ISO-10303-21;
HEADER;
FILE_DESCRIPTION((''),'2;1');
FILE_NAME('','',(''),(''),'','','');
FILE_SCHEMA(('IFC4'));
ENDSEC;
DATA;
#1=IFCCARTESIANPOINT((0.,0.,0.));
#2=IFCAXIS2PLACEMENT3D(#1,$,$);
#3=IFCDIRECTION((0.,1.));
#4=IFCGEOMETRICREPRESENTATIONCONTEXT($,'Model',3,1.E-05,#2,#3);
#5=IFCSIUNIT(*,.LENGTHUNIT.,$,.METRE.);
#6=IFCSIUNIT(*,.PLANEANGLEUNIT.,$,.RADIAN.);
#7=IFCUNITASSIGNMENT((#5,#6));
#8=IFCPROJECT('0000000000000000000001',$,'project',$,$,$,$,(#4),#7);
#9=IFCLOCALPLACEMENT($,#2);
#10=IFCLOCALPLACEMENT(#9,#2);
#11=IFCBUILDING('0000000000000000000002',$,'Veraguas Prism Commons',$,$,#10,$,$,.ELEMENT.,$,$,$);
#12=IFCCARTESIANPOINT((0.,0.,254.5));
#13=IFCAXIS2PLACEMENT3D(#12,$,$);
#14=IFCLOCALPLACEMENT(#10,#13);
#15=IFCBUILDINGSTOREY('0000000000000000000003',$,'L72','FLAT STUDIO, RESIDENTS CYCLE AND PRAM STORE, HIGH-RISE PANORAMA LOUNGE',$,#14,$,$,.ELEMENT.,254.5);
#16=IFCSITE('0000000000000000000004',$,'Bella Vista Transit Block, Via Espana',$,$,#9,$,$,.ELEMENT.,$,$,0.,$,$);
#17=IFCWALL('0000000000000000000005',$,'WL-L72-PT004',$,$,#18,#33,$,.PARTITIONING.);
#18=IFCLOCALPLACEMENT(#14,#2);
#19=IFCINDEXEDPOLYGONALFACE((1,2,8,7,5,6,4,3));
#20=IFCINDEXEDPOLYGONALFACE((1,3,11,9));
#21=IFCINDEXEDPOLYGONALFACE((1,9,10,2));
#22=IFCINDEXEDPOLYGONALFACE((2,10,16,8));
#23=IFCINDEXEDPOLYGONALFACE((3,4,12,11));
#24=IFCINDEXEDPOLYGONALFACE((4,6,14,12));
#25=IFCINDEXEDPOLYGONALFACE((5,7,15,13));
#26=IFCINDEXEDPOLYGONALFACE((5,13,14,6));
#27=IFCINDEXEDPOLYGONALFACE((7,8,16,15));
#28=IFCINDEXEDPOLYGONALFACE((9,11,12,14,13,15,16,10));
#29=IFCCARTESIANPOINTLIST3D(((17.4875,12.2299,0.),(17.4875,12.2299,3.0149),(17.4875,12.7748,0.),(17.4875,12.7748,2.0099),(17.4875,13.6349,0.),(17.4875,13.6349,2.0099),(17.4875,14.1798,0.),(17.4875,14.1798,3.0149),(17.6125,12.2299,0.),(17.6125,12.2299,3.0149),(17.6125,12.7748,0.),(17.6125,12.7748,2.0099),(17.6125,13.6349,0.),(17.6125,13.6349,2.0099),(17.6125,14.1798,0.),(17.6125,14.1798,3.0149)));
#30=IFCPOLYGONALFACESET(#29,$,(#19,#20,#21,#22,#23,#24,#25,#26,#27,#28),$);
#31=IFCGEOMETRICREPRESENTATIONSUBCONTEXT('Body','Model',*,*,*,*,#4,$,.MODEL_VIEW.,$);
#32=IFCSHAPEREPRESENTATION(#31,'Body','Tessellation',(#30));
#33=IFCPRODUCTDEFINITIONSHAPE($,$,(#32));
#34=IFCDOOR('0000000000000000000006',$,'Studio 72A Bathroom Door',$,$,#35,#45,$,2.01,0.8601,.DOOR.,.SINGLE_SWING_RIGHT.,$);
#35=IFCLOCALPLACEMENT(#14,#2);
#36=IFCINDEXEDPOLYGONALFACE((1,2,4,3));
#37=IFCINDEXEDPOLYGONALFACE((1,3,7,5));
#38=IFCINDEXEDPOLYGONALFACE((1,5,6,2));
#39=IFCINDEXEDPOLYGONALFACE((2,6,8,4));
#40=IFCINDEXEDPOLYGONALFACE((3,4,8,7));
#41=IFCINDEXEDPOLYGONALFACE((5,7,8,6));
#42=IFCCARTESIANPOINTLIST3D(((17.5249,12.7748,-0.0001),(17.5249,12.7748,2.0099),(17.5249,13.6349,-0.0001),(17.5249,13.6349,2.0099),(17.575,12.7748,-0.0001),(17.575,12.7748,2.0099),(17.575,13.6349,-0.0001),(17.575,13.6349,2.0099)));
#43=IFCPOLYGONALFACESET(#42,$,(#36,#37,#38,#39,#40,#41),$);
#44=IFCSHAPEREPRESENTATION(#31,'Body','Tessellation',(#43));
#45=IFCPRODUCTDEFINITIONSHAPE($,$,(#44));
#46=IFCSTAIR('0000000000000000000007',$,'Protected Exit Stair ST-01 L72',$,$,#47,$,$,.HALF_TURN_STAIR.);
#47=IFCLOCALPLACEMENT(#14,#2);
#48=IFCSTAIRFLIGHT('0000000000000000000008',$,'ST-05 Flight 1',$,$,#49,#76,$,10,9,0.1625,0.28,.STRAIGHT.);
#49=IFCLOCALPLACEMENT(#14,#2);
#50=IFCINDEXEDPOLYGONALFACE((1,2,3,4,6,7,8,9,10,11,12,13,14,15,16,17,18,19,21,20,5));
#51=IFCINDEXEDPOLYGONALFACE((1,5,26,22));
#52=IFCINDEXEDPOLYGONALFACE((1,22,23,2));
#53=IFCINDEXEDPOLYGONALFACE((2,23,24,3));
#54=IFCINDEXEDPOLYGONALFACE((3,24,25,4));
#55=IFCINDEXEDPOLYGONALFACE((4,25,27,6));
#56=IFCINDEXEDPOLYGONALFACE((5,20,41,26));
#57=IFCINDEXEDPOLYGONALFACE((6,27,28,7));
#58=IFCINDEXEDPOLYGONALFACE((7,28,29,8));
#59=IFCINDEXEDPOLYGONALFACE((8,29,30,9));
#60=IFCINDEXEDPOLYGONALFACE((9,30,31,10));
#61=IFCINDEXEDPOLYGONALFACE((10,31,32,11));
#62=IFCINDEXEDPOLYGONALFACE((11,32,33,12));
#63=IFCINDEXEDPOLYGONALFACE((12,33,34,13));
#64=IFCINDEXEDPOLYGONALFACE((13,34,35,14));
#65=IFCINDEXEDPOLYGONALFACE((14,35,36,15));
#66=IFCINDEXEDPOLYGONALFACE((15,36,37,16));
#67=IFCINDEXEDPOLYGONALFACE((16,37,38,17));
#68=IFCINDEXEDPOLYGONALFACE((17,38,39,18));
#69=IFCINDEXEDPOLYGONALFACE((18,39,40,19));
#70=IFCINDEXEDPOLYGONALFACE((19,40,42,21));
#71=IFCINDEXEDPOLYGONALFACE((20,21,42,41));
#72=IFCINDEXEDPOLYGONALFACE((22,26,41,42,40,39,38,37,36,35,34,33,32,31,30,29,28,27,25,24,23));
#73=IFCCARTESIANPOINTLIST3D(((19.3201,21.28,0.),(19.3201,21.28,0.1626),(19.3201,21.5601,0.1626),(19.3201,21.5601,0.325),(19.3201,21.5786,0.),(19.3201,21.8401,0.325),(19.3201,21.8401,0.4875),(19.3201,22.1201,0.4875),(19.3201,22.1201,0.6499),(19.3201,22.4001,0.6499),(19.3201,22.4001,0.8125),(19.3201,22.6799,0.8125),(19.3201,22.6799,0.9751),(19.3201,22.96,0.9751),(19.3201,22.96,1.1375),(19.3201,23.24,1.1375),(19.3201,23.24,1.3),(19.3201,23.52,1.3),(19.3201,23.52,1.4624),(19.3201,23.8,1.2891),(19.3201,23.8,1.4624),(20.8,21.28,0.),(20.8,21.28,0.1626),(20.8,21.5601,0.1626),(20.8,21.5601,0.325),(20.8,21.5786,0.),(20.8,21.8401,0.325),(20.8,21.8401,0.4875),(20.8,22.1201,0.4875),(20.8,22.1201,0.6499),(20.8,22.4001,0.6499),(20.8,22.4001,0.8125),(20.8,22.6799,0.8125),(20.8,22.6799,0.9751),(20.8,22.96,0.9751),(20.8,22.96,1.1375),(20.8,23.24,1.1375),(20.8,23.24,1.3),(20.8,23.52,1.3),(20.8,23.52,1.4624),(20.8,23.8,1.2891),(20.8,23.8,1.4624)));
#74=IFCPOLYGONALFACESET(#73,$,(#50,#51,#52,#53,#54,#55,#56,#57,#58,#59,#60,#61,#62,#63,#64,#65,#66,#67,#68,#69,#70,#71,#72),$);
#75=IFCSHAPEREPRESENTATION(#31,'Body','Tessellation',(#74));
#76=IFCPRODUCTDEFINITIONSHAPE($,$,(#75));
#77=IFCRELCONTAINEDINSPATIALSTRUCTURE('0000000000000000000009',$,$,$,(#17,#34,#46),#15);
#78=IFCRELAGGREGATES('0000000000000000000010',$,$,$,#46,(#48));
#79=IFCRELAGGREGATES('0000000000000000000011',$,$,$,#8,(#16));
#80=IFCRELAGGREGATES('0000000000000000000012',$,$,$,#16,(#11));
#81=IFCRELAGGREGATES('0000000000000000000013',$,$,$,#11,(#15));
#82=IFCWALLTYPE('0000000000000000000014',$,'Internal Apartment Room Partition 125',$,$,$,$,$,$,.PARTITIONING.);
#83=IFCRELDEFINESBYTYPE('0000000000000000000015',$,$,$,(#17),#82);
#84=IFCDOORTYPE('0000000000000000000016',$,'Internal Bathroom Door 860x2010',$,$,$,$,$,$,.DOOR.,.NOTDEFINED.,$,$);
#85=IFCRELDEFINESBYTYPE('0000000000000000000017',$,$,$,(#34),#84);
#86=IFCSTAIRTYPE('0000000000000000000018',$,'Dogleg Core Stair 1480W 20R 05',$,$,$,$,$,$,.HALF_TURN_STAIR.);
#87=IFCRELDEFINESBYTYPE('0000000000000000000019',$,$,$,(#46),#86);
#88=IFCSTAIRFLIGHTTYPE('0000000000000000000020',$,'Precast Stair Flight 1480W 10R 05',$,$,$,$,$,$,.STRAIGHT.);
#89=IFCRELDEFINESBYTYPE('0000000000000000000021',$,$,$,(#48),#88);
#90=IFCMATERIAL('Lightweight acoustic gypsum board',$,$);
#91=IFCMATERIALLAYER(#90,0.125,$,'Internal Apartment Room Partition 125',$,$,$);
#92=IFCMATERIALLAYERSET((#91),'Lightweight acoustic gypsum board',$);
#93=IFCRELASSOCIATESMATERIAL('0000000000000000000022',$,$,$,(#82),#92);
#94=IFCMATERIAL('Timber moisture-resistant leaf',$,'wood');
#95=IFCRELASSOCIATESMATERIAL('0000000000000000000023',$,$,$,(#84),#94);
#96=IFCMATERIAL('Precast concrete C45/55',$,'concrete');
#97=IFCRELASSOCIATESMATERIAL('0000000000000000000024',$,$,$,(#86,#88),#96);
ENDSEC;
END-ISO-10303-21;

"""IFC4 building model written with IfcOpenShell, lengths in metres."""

from ifc_helpers import new_model, si_unit, direction, frame, frame_2d, origin, place, context, subcontext, project, spatial, polyline, rectangle, outline, extrude, source, transform, mapped, material, layer, layer_set, type_object, element, fill, aggregate, save


model = new_model("IFC4")

# Units and contexts
model_context = context("Model", 3, precision=1e-05, world=origin(), true_north=direction((0.0, 1.0)))
body_context = subcontext(model_context, "Body", "Model", "MODEL_VIEW")
ifc_project = project(units=[si_unit("LENGTHUNIT", "METRE"), si_unit("PLANEANGLEUNIT", "RADIAN")], contexts=[model_context])

# Site, building, storey
site_placement = place(None, origin())
site = spatial("IfcSite", under=ifc_project, at=site_placement, Name="Bella Vista Transit Block, Via Espana", CompositionType="ELEMENT", RefElevation=0.0)
building_placement = place(site_placement, origin())
building = spatial("IfcBuilding", under=site, at=building_placement, Name="Veraguas Prism Commons", CompositionType="ELEMENT")
storey_placement = place(building_placement, frame((0.0, 0.0, 254.5)))
storey = spatial("IfcBuildingStorey", under=building, at=storey_placement, Name="L72", Description="FLAT STUDIO, RESIDENTS CYCLE AND PRAM STORE, HIGH-RISE PANORAMA LOUNGE", CompositionType="ELEMENT", Elevation=254.5)

# Wall, opening, door
ifc_material_1 = material(Name="Lightweight acoustic gypsum board")
ifc_layer_1 = layer(ifc_material_1, 0.125, Name="Internal Apartment Room Partition 125")
ifc_layer_set_1 = layer_set([ifc_layer_1], Name="Lightweight acoustic gypsum board")
wall_type_1 = type_object("IfcWallType", Name="Internal Apartment Room Partition 125", PredefinedType="PARTITIONING", material=ifc_layer_set_1)
wall_1_placement = place(storey_placement, frame((17.55, 14.1799, 0.0), z_axis=(0.0, 0.0, 1.0), x_axis=(0.0, -1.0, 0.0)))
wall_1 = element("IfcWall", 1, at=wall_1_placement, inside=storey, type_object=wall_type_1, Name="WL-L72-PT004", PredefinedType="PARTITIONING", context=body_context, shape_type="SweptSolid", body=[
    extrude(rectangle(XDim=1.95, YDim=0.125, at=frame_2d((0.9751, 0.0))), origin(), (0.0, 0.0, 1.0), 3.0149),
])
opening_1_placement = place(wall_1_placement, frame((0.5449, 0.0, 0.0)))
opening_1 = element("IfcOpeningElement", 2, at=opening_1_placement, cuts=wall_1, PredefinedType="OPENING", context=body_context, shape_type="SweptSolid", body=[
    extrude(rectangle(XDim=0.8601, YDim=2.01, at=frame_2d((0.4302, 1.0049))), frame((0.0, 0.0725, 0.0), z_axis=(0.0, -1.0, 0.0), x_axis=(1.0, 0.0, 0.0)), (0.0, 0.0, 1.0), 0.145),
])
ifc_material_2 = material(Name="Timber moisture-resistant leaf", Category="wood")
door_type_1 = type_object("IfcDoorType", Name="Internal Bathroom Door 860x2010", OperationType="NOTDEFINED", PredefinedType="DOOR", material=ifc_material_2)
shared_shape_1 = source(origin(), body_context, "Body", "SweptSolid", [
    extrude(rectangle(XDim=0.8601, YDim=2.01, at=frame_2d((0.4302, 1.0049))), frame((0.0, 0.0249, 0.0), z_axis=(0.0, -1.0, 0.0), x_axis=(1.0, 0.0, 0.0)), (0.0, 0.0, 1.0), 0.05),
])
door_1_placement = place(opening_1_placement, origin())
door_1 = element("IfcDoor", 3, at=door_1_placement, inside=storey, type_object=door_type_1, Name="Studio 72A Bathroom Door", OperationType="SINGLE_SWING_RIGHT", OverallHeight=2.01, OverallWidth=0.8601, PredefinedType="DOOR", context=body_context, shape_type="MappedRepresentation", body=[
    mapped(shared_shape_1, transform((0.0, 0.0, 0.0), scale=1.0)),
])
fill(opening_1, door_1)

# Stair, stair flight
ifc_material_3 = material(Name="Precast concrete C45/55", Category="concrete")
stair_type = type_object("IfcStairType", Name="Dogleg Core Stair 1480W 20R 05", PredefinedType="HALF_TURN_STAIR", material=ifc_material_3)
stair_placement = place(storey_placement, origin())
stair = element("IfcStair", 4, at=stair_placement, inside=storey, type_object=stair_type, Name="Protected Exit Stair ST-01 L72", PredefinedType="HALF_TURN_STAIR")
stair_flight_type = type_object("IfcStairFlightType", Name="Precast Stair Flight 1480W 10R 05", PredefinedType="STRAIGHT", material=ifc_material_3)
stair_flight_placement = place(storey_placement, frame((20.0601, 21.28, 0.0), z_axis=(0.0, 0.0, 1.0), x_axis=(0.0, 1.0, 0.0)))
stair_flight = element("IfcStairFlight", 5, at=stair_flight_placement, type_object=stair_flight_type, Name="ST-05 Flight 1", NumberOfRisers=10, NumberOfTreads=9, PredefinedType="STRAIGHT", RiserHeight=0.1625, TreadLength=0.28, context=body_context, shape_type="SweptSolid", body=[
    extrude(outline(polyline([(0.0, 0.0), (0.0, 0.1626), (0.28, 0.1626), (0.28, 0.325), (0.5601, 0.325), (0.5601, 0.4875), (0.8401, 0.4875), (0.8401, 0.6499), (1.1201, 0.6499), (1.1201, 0.8125), (1.3999, 0.8125), (1.3999, 0.9751), (1.6799, 0.9751), (1.6799, 1.1375), (1.96, 1.1375), (1.96, 1.3), (2.24, 1.3), (2.24, 1.4624), (2.52, 1.4624), (2.52, 1.625), (2.52, 1.2891), (0.2986, 0.0), (0.0, 0.0)])), frame((0.0, 0.74, 0.0), z_axis=(0.0, -1.0, 0.0), x_axis=(1.0, 0.0, 0.0)), (0.0, 0.0, 1.0), 1.48),
])
aggregate(stair, [stair_flight])

save(model, "model.ifc")
